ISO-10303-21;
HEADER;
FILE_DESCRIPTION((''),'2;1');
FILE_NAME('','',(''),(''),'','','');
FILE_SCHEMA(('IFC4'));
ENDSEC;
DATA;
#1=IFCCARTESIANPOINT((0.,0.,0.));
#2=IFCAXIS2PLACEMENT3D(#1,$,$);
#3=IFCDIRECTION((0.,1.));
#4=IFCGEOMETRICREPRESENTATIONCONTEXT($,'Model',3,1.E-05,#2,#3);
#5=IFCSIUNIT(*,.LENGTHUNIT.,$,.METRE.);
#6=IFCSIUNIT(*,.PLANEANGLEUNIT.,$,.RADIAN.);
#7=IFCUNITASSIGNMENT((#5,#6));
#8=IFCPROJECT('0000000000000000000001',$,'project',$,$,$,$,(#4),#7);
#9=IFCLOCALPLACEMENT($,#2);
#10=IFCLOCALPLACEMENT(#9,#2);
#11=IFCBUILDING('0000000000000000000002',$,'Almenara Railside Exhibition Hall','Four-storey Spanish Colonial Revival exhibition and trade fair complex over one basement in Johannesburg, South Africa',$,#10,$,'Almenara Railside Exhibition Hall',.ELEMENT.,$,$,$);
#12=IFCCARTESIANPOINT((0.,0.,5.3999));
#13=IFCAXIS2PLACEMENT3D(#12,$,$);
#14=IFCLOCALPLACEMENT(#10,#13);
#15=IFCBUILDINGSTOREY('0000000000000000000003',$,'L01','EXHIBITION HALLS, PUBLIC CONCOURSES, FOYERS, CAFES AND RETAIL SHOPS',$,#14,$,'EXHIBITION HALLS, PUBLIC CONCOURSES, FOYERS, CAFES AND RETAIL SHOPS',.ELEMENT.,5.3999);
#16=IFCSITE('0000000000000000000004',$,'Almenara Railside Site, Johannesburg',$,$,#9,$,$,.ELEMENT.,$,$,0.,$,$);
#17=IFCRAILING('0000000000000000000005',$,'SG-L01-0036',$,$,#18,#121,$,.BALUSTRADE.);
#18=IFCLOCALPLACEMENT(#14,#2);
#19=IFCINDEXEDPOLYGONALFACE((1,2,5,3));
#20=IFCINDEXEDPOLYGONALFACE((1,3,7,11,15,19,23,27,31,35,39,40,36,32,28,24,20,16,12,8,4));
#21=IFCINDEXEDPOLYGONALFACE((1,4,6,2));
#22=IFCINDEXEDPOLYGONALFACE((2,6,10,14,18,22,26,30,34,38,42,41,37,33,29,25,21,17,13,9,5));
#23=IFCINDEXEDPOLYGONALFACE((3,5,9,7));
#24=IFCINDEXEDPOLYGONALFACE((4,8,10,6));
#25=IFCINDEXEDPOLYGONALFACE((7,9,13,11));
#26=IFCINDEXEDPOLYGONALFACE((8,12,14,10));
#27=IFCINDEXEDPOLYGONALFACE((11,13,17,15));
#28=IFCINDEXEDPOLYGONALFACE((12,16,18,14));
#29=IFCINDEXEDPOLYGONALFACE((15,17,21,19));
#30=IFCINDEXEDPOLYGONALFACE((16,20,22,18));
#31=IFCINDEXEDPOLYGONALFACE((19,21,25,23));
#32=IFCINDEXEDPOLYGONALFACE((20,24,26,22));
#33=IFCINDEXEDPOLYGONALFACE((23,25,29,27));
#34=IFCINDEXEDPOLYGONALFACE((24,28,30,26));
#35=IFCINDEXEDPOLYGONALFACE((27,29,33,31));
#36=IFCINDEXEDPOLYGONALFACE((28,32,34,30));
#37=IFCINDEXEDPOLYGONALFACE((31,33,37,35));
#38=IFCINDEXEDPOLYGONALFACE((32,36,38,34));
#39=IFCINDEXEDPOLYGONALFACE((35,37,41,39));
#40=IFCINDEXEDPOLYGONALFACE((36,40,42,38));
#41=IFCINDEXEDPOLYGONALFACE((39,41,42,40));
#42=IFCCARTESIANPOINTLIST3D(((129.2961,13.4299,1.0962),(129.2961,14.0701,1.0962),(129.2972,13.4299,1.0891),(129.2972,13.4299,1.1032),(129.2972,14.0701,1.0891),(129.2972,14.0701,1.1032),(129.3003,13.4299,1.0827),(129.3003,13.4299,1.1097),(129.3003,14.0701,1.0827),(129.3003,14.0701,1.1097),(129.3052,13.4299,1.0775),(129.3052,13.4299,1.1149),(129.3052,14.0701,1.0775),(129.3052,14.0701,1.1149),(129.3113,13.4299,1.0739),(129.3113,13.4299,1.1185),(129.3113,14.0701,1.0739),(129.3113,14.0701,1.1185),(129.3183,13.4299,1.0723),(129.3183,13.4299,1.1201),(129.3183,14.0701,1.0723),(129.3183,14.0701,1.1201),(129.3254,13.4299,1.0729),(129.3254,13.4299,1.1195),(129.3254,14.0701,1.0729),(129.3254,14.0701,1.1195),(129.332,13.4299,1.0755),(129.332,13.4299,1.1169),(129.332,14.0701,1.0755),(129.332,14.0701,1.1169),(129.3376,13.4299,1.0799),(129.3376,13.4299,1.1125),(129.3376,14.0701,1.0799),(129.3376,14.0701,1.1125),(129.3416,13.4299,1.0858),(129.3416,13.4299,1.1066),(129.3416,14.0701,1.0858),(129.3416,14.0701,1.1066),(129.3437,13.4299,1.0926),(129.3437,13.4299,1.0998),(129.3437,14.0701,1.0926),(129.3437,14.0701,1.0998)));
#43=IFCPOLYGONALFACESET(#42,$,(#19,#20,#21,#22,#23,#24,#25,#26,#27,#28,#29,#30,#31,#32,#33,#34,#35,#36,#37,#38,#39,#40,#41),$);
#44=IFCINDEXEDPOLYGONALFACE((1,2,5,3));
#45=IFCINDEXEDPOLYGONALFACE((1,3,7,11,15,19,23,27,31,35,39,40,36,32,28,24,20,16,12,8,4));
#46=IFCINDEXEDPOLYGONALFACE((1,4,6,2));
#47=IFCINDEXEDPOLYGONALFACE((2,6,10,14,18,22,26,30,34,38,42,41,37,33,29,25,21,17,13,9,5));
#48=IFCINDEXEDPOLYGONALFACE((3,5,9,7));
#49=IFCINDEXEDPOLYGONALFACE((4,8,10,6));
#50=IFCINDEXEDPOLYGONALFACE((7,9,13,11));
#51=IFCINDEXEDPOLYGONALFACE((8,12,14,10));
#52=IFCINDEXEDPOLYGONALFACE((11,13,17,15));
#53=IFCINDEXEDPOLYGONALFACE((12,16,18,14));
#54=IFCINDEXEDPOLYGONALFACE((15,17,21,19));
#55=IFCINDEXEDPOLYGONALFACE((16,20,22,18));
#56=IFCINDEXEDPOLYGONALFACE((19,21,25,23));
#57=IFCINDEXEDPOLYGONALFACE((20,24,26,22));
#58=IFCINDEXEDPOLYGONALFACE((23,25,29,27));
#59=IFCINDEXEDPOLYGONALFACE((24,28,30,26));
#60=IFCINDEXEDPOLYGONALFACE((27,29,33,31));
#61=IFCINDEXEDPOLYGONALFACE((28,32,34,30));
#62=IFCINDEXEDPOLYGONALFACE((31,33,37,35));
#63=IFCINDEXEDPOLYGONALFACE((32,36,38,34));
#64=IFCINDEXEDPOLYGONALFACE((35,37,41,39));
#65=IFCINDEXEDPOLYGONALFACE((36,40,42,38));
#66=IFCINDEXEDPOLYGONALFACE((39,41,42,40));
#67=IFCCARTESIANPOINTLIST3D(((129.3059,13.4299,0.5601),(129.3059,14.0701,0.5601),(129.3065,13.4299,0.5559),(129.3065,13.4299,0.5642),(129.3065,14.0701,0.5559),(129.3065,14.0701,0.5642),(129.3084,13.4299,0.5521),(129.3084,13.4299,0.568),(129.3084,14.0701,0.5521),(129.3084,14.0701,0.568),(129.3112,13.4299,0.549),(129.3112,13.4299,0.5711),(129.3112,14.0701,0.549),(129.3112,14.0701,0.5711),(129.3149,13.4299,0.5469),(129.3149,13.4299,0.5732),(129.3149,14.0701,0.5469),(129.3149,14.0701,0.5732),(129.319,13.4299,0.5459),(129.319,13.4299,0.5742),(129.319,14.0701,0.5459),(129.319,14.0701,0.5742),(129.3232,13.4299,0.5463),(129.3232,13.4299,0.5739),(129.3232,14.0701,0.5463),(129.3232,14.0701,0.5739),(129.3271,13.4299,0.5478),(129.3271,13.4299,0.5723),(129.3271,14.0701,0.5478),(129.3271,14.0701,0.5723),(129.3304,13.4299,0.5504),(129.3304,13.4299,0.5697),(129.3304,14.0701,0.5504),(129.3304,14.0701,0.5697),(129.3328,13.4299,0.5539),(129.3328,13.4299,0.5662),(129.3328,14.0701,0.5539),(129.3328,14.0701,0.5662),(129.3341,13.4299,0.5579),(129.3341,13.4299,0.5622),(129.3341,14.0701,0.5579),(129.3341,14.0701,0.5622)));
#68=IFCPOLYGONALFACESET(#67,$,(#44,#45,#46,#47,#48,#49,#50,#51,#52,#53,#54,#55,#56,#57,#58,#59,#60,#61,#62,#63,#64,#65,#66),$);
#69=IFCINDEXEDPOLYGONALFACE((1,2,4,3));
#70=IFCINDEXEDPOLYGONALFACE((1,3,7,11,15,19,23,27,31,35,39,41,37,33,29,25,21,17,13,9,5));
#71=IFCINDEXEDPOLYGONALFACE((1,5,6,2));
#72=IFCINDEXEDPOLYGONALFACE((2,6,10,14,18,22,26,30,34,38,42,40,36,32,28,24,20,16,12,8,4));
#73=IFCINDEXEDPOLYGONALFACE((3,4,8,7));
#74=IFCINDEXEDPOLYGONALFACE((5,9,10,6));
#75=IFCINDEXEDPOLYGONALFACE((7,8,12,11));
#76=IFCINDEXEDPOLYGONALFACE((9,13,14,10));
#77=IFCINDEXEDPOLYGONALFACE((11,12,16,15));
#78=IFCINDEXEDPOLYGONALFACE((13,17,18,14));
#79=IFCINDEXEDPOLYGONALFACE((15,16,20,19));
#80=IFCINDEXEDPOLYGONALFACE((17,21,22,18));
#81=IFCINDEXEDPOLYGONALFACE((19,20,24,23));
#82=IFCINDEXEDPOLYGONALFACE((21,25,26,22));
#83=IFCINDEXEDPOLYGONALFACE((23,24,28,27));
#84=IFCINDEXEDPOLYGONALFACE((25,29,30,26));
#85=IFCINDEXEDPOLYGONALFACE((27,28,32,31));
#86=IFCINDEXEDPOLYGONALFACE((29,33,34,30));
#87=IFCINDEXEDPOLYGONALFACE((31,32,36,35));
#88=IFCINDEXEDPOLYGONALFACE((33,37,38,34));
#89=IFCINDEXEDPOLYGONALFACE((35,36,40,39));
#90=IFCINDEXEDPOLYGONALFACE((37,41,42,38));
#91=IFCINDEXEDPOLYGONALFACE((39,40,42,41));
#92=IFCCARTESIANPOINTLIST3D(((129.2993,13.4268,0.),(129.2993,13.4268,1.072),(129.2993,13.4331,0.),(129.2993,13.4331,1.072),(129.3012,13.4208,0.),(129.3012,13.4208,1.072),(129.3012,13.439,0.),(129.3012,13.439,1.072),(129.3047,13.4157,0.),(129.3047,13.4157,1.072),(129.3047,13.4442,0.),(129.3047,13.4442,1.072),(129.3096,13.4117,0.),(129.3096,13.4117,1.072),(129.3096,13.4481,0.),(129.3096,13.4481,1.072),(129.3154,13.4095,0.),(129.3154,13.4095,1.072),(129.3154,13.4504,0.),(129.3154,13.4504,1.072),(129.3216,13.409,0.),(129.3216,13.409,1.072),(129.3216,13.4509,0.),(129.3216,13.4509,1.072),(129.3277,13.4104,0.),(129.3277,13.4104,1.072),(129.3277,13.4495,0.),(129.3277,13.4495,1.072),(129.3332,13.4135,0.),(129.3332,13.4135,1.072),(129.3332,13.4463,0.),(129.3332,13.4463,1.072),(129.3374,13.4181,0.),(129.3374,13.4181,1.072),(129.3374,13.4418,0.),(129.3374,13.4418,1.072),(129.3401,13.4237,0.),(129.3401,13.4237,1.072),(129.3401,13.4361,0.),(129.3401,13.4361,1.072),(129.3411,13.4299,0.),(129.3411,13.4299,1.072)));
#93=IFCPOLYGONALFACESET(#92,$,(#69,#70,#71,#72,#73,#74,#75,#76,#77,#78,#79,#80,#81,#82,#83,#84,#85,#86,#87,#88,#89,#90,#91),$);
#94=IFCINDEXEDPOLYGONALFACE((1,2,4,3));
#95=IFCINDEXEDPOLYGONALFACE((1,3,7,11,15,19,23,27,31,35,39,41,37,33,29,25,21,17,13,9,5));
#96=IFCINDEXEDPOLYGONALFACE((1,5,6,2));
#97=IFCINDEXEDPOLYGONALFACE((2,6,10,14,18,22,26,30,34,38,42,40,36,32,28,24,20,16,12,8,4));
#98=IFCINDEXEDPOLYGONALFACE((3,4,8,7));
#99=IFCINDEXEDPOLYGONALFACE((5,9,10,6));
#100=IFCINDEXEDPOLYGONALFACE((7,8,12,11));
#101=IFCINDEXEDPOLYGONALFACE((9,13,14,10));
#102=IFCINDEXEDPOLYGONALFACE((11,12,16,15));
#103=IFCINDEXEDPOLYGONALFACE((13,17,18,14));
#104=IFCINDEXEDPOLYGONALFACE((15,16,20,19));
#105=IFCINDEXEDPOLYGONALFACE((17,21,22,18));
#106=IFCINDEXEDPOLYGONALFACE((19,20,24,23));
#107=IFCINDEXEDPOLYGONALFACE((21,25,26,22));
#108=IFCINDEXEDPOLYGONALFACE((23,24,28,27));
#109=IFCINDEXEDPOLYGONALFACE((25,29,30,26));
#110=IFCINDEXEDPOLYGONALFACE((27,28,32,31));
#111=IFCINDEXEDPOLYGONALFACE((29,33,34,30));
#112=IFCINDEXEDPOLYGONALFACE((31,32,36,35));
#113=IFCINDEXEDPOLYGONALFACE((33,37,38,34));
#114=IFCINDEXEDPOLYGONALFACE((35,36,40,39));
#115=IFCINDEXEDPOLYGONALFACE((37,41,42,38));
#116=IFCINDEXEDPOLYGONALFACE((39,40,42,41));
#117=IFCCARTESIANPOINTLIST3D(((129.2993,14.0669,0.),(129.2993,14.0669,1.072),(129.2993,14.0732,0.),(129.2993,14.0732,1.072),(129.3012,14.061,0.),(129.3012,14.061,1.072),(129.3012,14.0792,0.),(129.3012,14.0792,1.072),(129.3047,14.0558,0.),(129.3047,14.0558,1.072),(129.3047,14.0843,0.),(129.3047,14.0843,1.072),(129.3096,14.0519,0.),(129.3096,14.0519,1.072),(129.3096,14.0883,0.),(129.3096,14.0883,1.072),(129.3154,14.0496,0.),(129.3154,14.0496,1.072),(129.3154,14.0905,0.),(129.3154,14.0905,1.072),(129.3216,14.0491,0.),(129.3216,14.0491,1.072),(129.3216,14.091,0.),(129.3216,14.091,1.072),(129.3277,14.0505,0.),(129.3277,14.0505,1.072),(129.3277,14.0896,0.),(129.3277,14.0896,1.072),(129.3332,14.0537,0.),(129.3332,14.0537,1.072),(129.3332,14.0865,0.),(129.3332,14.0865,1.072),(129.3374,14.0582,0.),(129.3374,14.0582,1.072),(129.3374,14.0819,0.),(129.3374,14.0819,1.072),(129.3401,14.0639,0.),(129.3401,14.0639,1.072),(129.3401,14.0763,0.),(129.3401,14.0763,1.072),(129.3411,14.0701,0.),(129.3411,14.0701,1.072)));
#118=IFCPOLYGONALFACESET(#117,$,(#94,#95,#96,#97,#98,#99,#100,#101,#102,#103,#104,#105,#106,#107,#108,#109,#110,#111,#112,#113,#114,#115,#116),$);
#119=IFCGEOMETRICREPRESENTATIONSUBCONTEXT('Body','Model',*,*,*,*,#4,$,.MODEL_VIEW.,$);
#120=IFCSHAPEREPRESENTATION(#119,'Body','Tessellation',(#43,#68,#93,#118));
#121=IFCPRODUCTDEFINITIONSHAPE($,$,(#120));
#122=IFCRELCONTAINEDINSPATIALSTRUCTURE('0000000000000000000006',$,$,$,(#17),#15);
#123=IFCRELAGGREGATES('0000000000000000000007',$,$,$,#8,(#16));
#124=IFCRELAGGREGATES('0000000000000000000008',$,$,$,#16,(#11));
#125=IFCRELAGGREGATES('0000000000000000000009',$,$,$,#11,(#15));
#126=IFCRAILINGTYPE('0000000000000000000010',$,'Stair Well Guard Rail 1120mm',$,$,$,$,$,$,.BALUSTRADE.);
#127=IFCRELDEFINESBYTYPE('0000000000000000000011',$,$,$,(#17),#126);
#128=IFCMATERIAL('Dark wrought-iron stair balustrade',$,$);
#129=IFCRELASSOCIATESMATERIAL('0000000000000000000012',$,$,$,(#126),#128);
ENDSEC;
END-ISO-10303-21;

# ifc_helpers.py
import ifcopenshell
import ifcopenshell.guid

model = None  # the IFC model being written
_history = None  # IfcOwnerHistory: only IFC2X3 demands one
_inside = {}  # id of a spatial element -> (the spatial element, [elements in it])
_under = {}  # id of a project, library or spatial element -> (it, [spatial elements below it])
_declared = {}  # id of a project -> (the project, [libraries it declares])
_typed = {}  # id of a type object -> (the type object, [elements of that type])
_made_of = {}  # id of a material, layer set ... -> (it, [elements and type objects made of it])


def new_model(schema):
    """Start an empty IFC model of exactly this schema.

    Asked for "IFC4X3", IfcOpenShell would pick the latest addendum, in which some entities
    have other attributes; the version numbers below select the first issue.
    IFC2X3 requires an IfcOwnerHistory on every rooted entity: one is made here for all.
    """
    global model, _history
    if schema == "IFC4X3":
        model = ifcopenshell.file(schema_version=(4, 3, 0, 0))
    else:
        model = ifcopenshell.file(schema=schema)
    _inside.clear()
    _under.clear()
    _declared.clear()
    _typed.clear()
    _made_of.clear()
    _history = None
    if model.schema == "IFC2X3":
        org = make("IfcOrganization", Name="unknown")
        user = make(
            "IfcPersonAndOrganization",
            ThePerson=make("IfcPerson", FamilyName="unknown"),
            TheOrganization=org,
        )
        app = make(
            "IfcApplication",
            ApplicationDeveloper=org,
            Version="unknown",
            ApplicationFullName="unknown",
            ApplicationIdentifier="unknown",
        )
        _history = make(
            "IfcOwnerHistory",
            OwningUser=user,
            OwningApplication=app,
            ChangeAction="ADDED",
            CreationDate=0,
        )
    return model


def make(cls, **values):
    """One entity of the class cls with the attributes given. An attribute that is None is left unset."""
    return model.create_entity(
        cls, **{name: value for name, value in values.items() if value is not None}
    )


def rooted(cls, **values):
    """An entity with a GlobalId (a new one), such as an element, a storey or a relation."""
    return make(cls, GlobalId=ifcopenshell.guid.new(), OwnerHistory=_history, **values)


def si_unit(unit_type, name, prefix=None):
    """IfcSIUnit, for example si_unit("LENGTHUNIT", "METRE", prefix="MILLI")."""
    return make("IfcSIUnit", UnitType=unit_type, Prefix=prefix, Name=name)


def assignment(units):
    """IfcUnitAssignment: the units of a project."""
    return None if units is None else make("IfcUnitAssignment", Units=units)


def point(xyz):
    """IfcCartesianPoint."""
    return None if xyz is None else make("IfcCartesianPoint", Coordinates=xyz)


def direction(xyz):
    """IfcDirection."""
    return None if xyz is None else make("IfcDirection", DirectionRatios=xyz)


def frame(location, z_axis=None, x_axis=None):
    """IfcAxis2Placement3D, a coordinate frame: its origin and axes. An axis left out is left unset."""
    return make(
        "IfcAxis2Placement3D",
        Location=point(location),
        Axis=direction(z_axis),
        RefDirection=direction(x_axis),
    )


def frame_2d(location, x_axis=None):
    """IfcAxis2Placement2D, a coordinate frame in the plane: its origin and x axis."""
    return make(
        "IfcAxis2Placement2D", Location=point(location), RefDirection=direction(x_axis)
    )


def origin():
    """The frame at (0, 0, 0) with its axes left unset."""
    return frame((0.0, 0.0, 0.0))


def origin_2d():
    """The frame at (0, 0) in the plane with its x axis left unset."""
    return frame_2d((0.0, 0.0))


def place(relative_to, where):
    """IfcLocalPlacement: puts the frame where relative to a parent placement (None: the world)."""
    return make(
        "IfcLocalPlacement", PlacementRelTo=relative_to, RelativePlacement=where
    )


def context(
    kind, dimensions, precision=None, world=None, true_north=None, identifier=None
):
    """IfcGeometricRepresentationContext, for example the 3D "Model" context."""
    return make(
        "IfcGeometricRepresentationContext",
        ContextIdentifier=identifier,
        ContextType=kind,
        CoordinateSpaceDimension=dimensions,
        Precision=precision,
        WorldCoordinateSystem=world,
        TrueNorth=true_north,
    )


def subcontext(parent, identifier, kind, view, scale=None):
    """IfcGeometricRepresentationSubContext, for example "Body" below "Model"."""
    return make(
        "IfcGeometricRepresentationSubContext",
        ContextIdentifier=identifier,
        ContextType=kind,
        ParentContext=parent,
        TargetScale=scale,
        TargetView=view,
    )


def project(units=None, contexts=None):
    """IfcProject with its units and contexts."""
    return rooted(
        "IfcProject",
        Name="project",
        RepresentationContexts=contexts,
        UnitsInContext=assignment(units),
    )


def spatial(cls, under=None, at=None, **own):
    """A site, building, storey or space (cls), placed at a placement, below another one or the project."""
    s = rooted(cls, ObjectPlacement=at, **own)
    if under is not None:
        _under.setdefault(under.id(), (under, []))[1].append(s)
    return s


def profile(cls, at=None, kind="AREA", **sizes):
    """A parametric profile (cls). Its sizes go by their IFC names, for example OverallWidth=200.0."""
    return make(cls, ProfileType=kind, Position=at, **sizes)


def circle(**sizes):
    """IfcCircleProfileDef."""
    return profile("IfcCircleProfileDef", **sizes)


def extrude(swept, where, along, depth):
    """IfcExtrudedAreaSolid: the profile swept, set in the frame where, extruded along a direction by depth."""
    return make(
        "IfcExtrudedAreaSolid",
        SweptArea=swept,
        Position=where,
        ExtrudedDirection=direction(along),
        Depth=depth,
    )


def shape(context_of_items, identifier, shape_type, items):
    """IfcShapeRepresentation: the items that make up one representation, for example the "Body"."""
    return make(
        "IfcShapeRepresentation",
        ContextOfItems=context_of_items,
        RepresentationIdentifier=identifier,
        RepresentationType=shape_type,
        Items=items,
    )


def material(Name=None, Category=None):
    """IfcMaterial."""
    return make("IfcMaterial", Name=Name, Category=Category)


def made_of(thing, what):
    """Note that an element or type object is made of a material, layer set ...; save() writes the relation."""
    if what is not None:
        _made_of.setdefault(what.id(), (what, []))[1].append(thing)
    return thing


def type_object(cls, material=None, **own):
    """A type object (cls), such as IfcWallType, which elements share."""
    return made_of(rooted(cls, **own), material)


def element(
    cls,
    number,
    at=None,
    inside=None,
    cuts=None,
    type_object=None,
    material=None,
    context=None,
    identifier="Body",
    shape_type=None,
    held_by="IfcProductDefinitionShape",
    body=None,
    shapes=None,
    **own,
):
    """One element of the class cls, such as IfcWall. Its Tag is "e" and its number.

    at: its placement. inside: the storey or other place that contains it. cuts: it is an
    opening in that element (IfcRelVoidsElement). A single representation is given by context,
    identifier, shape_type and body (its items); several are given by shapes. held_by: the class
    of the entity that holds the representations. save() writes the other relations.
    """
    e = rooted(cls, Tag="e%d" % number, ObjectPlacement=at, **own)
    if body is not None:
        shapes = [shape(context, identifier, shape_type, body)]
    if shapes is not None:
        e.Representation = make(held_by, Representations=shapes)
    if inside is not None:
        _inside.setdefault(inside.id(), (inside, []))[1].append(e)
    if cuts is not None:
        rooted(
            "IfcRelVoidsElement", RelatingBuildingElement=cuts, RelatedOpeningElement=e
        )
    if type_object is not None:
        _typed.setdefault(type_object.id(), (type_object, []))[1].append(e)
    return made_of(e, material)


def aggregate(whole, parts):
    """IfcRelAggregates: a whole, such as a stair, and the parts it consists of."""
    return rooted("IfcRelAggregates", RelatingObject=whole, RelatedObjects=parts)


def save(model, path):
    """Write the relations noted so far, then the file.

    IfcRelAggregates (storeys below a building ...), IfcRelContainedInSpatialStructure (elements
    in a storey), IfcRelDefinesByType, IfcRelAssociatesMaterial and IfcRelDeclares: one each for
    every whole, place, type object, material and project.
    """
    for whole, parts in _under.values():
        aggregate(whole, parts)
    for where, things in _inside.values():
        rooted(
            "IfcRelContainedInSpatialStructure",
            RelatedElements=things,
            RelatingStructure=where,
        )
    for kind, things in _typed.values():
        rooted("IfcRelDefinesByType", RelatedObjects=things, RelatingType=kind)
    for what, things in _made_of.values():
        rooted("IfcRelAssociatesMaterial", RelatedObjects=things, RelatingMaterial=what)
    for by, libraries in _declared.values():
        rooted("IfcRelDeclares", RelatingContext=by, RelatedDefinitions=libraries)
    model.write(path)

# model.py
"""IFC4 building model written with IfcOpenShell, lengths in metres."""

from ifc_helpers import new_model, si_unit, direction, frame, origin, origin_2d, place, context, subcontext, project, spatial, circle, extrude, material, type_object, element, save


model = new_model("IFC4")

# Units and contexts
model_context = context("Model", 3, precision=1e-05, world=origin(), true_north=direction((0.0, 1.0)))
body_context = subcontext(model_context, "Body", "Model", "MODEL_VIEW")
ifc_project = project(units=[si_unit("LENGTHUNIT", "METRE"), si_unit("PLANEANGLEUNIT", "RADIAN")], contexts=[model_context])

# Site, building, storey
site_placement = place(None, origin())
site = spatial("IfcSite", under=ifc_project, at=site_placement, Name="Almenara Railside Site, Johannesburg", CompositionType="ELEMENT", RefElevation=0.0)
building_placement = place(site_placement, origin())
building = spatial("IfcBuilding", under=site, at=building_placement, Name="Almenara Railside Exhibition Hall", Description="Four-storey Spanish Colonial Revival exhibition and trade fair complex over one basement in Johannesburg, South Africa", LongName="Almenara Railside Exhibition Hall", CompositionType="ELEMENT")
storey_placement = place(building_placement, frame((0.0, 0.0, 5.3999)))
storey = spatial("IfcBuildingStorey", under=building, at=storey_placement, Name="L01", Description="EXHIBITION HALLS, PUBLIC CONCOURSES, FOYERS, CAFES AND RETAIL SHOPS", LongName="EXHIBITION HALLS, PUBLIC CONCOURSES, FOYERS, CAFES AND RETAIL SHOPS", CompositionType="ELEMENT", Elevation=5.3999)

# Railing
ifc_material_1 = material(Name="Dark wrought-iron stair balustrade")
railing_type_1 = type_object("IfcRailingType", Name="Stair Well Guard Rail 1120mm", PredefinedType="BALUSTRADE", material=ifc_material_1)
railing_1_placement = place(storey_placement, frame((129.3201, 13.4299, 0.0)))
element("IfcRailing", 1, at=railing_1_placement, inside=storey, type_object=railing_type_1, Name="SG-L01-0036", PredefinedType="BALUSTRADE", context=body_context, shape_type="SweptSolid", body=[
    extrude(circle(Radius=0.0239, at=origin_2d()), frame((0.0, 0.0, 1.0962), z_axis=(0.0, 1.0, 0.0), x_axis=(-1.0, 0.0, 0.0)), (0.0, 0.0, 1.0), 0.6401),
    extrude(circle(Radius=0.0142, at=origin_2d()), frame((0.0, 0.0, 0.5601), z_axis=(0.0, 1.0, 0.0), x_axis=(-1.0, 0.0, 0.0)), (0.0, 0.0, 1.0), 0.6401),
    extrude(circle(Radius=0.021, at=origin_2d()), origin(), (0.0, 0.0, 1.0), 1.072),
    extrude(circle(Radius=0.021, at=origin_2d()), frame((0.0, 0.6401, 0.0)), (0.0, 0.0, 1.0), 1.072),
])

save(model, "model.ifc")
